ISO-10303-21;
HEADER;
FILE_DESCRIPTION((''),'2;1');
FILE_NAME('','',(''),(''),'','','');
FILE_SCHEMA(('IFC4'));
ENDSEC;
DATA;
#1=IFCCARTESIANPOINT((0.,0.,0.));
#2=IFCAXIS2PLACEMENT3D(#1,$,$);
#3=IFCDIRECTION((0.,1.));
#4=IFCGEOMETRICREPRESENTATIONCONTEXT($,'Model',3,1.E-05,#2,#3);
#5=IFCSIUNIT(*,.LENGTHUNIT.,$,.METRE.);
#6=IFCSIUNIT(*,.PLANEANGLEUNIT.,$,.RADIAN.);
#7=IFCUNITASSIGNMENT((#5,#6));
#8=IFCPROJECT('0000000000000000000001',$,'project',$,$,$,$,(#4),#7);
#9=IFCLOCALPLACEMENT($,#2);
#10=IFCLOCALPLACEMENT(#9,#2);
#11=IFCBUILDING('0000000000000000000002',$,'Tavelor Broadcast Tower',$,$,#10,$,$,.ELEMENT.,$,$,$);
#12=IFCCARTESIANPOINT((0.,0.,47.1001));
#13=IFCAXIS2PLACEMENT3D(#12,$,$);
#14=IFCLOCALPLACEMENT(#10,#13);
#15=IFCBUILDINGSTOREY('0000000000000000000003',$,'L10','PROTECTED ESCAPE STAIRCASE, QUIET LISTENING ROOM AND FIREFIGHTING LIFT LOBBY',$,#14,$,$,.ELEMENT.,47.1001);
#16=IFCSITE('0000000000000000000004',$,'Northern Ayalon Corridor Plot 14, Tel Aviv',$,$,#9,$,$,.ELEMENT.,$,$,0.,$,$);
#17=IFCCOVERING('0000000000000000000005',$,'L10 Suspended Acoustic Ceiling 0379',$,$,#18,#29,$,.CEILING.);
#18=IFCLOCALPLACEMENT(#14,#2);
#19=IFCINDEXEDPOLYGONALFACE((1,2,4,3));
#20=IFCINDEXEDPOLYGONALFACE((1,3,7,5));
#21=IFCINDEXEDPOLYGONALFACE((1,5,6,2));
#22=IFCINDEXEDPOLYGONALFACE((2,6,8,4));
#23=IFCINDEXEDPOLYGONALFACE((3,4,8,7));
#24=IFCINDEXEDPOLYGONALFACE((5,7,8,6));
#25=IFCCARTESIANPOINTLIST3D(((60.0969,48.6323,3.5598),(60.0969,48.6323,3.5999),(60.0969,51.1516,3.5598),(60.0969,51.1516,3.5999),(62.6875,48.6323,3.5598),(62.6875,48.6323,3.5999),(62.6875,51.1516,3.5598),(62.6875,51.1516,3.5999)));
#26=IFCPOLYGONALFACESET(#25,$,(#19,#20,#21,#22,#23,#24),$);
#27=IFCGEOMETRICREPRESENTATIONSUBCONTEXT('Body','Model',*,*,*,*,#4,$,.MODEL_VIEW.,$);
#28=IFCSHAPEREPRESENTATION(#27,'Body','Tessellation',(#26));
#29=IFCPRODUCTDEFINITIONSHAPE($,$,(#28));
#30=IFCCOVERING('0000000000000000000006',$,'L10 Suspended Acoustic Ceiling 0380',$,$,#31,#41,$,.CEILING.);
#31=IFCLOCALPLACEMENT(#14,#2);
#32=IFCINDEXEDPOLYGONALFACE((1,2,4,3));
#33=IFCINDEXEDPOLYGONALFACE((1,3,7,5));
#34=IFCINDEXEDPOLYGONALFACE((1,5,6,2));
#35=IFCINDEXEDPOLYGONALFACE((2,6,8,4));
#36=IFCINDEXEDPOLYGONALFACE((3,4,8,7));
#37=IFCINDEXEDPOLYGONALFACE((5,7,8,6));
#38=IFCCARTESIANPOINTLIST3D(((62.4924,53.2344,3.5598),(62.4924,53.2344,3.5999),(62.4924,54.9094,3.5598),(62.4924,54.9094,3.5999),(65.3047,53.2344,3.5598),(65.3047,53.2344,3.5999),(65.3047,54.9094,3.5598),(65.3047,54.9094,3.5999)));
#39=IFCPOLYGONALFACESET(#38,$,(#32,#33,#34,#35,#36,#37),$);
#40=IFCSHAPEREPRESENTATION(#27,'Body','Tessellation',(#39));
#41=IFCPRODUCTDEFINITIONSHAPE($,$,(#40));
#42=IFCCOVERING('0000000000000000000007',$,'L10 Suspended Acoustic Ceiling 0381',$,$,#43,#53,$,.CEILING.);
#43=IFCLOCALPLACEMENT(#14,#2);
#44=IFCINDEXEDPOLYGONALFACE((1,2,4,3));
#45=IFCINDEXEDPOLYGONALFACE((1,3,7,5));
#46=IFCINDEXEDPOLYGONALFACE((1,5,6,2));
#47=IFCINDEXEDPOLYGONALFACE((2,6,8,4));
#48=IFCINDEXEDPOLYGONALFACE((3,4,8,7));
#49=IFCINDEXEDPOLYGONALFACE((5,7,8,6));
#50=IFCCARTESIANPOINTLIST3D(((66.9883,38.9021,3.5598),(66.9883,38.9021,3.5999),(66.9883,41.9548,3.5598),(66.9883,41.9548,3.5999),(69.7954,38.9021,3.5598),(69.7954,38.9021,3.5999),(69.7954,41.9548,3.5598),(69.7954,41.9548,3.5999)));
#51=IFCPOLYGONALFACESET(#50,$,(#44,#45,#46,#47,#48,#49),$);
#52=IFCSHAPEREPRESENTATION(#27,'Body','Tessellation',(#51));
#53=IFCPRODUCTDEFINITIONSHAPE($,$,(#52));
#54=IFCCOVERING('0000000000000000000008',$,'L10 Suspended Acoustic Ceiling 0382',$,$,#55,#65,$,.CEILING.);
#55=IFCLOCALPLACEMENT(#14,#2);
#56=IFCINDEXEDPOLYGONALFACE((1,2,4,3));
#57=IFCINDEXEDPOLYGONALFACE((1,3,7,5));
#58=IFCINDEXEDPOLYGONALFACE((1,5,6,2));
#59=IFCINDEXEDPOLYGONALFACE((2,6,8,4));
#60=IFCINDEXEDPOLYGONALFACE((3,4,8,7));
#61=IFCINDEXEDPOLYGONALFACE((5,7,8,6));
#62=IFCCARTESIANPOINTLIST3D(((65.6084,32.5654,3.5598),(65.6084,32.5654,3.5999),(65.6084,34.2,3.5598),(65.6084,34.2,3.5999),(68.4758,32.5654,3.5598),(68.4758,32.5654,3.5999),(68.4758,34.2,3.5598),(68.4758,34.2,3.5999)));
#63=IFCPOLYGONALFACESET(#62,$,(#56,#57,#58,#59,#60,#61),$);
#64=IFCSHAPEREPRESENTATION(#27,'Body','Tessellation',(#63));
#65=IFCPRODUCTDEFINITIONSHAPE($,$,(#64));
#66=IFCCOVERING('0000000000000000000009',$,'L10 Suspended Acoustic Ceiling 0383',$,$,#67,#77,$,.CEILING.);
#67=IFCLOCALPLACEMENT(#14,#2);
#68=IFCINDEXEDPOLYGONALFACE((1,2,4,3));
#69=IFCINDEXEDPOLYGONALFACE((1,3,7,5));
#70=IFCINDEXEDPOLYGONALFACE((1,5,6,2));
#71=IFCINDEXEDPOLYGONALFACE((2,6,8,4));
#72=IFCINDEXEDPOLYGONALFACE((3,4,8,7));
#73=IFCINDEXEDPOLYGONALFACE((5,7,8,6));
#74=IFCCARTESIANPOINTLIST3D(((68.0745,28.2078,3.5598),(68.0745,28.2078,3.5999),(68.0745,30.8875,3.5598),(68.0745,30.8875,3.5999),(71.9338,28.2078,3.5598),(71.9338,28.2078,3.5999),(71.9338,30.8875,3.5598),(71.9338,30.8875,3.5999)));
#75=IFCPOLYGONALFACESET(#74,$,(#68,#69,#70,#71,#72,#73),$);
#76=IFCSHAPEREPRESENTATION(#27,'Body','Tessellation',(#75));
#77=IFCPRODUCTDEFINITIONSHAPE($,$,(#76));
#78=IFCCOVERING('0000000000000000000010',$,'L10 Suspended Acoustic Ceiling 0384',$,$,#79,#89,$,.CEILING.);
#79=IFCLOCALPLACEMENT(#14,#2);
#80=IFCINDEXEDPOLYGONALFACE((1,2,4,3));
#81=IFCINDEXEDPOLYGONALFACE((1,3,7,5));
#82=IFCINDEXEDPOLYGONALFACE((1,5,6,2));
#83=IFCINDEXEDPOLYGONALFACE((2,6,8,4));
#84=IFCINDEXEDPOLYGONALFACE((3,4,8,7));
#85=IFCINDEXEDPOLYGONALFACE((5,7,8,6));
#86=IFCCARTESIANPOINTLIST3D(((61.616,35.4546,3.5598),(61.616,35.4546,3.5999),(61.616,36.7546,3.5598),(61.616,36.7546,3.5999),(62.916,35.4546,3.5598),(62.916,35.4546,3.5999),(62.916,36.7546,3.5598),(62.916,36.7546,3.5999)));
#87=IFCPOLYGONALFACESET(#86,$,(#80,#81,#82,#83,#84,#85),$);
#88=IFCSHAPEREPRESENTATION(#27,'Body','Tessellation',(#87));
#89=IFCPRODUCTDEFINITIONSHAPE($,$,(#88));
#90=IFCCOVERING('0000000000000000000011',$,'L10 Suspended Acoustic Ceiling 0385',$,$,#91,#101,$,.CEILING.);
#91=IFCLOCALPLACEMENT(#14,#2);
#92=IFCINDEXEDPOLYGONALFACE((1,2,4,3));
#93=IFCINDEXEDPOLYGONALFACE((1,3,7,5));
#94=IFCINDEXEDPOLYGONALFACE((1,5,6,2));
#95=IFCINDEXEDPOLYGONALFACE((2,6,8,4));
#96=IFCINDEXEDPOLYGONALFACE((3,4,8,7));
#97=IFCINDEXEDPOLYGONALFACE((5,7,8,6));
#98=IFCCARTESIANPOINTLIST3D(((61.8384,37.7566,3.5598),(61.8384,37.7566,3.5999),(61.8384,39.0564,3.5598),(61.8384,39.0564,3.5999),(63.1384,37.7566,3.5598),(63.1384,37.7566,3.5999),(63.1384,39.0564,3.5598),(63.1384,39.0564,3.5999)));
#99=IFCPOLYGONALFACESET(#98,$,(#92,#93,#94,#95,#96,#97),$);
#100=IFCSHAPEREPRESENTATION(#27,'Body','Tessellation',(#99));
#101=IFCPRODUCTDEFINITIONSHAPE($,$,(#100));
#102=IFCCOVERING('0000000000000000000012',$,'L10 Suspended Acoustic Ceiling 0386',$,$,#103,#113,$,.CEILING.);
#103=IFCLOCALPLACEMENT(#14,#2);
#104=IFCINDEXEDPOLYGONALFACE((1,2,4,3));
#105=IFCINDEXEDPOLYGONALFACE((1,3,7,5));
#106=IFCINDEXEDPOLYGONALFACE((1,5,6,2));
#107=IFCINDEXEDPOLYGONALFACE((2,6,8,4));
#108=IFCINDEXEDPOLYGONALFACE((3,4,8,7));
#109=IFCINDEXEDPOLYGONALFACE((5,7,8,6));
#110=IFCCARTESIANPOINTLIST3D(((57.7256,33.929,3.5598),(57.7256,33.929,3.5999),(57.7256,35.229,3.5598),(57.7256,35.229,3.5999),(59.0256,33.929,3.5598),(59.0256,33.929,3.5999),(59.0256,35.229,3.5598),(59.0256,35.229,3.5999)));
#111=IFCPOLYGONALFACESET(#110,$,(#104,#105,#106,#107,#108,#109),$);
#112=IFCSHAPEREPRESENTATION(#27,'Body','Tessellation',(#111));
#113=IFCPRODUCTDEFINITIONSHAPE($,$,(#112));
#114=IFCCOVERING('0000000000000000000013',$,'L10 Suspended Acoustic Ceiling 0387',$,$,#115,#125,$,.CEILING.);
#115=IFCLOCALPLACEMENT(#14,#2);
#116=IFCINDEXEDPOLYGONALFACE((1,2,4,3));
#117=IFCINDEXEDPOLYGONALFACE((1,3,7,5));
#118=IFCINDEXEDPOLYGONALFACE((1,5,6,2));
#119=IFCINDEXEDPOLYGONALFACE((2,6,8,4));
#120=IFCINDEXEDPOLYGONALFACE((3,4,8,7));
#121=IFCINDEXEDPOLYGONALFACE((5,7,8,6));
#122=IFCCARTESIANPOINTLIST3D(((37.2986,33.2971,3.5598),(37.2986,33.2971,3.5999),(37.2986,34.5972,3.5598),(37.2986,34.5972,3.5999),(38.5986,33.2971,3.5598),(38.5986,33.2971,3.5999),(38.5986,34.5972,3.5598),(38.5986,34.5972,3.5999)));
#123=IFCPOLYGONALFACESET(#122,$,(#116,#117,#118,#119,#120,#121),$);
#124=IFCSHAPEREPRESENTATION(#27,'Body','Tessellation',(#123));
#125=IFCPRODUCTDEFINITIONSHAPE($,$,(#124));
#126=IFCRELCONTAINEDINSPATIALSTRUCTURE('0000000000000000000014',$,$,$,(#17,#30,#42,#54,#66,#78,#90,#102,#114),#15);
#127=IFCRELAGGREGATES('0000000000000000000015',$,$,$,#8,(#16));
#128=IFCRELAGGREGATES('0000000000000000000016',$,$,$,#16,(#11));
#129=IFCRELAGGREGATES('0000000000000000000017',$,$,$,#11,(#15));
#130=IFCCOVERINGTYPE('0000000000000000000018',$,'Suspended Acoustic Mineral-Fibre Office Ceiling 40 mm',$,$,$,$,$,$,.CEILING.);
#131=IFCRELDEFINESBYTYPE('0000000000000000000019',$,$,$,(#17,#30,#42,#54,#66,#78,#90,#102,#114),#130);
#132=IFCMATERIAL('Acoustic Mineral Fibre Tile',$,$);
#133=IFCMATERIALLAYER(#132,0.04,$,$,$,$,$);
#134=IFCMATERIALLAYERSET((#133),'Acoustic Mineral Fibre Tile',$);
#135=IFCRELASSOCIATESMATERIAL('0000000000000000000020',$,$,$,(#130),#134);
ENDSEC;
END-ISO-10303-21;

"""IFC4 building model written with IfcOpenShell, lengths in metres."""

from ifc_helpers import new_model, si_unit, direction, frame, origin, place, context, subcontext, project, spatial, polyline, outline, extrude, material, layer, layer_set, type_object, element, save


model = new_model("IFC4")

# Units and contexts
model_context = context("Model", 3, precision=1e-05, world=origin(), true_north=direction((0.0, 1.0)))
body_context = subcontext(model_context, "Body", "Model", "MODEL_VIEW")
ifc_project = project(units=[si_unit("LENGTHUNIT", "METRE"), si_unit("PLANEANGLEUNIT", "RADIAN")], contexts=[model_context])

# Site, building, storey
site_placement = place(None, origin())
site = spatial("IfcSite", under=ifc_project, at=site_placement, Name="Northern Ayalon Corridor Plot 14, Tel Aviv", CompositionType="ELEMENT", RefElevation=0.0)
building_placement = place(site_placement, origin())
building = spatial("IfcBuilding", under=site, at=building_placement, Name="Tavelor Broadcast Tower", CompositionType="ELEMENT")
storey_placement = place(building_placement, frame((0.0, 0.0, 47.1001)))
storey = spatial("IfcBuildingStorey", under=building, at=storey_placement, Name="L10", Description="PROTECTED ESCAPE STAIRCASE, QUIET LISTENING ROOM AND FIREFIGHTING LIFT LOBBY", CompositionType="ELEMENT", Elevation=47.1001)

# Coverings
ifc_material_1 = material(Name="Acoustic Mineral Fibre Tile")
ifc_layer_1 = layer(ifc_material_1, 0.04)
ifc_layer_set_1 = layer_set([ifc_layer_1], Name="Acoustic Mineral Fibre Tile")
covering_type_1 = type_object("IfcCoveringType", Name="Suspended Acoustic Mineral-Fibre Office Ceiling 40 mm", PredefinedType="CEILING", material=ifc_layer_set_1)
covering_1_placement = place(storey_placement, frame((0.0, 0.0, 3.5598)))
element("IfcCovering", 1, at=covering_1_placement, inside=storey, type_object=covering_type_1, Name="L10 Suspended Acoustic Ceiling 0379", PredefinedType="CEILING", context=body_context, shape_type="SweptSolid", body=[
    extrude(outline(polyline([(60.0969, 48.6323), (62.6875, 48.6323), (62.6875, 51.1516), (60.0969, 51.1516), (60.0969, 48.6323)])), origin(), (0.0, 0.0, 1.0), 0.04),
])
covering_2_placement = place(storey_placement, frame((0.0, 0.0, 3.5598)))
element("IfcCovering", 2, at=covering_2_placement, inside=storey, type_object=covering_type_1, Name="L10 Suspended Acoustic Ceiling 0380", PredefinedType="CEILING", context=body_context, shape_type="SweptSolid", body=[
    extrude(outline(polyline([(62.4924, 53.2344), (65.3047, 53.2344), (65.3047, 54.9094), (62.4924, 54.9094), (62.4924, 53.2344)])), origin(), (0.0, 0.0, 1.0), 0.04),
])
covering_3_placement = place(storey_placement, frame((0.0, 0.0, 3.5598)))
element("IfcCovering", 3, at=covering_3_placement, inside=storey, type_object=covering_type_1, Name="L10 Suspended Acoustic Ceiling 0381", PredefinedType="CEILING", context=body_context, shape_type="SweptSolid", body=[
    extrude(outline(polyline([(66.9883, 38.9021), (69.7954, 38.9021), (69.7954, 41.9548), (66.9883, 41.9548), (66.9883, 38.9021)])), origin(), (0.0, 0.0, 1.0), 0.04),
])
covering_4_placement = place(storey_placement, frame((0.0, 0.0, 3.5598)))
element("IfcCovering", 4, at=covering_4_placement, inside=storey, type_object=covering_type_1, Name="L10 Suspended Acoustic Ceiling 0382", PredefinedType="CEILING", context=body_context, shape_type="SweptSolid", body=[
    extrude(outline(polyline([(65.6084, 32.5654), (68.4758, 32.5654), (68.4758, 34.2), (65.6084, 34.2), (65.6084, 32.5654)])), origin(), (0.0, 0.0, 1.0), 0.04),
])
covering_5_placement = place(storey_placement, frame((0.0, 0.0, 3.5598)))
element("IfcCovering", 5, at=covering_5_placement, inside=storey, type_object=covering_type_1, Name="L10 Suspended Acoustic Ceiling 0383", PredefinedType="CEILING", context=body_context, shape_type="SweptSolid", body=[
    extrude(outline(polyline([(68.0745, 28.2078), (71.9338, 28.2078), (71.9338, 30.8875), (68.0745, 30.8875), (68.0745, 28.2078)])), origin(), (0.0, 0.0, 1.0), 0.04),
])
covering_6_placement = place(storey_placement, frame((0.0, 0.0, 3.5598)))
element("IfcCovering", 6, at=covering_6_placement, inside=storey, type_object=covering_type_1, Name="L10 Suspended Acoustic Ceiling 0384", PredefinedType="CEILING", context=body_context, shape_type="SweptSolid", body=[
    extrude(outline(polyline([(61.616, 35.4546), (62.916, 35.4546), (62.916, 36.7546), (61.616, 36.7546), (61.616, 35.4546)])), origin(), (0.0, 0.0, 1.0), 0.04),
])
covering_7_placement = place(storey_placement, frame((0.0, 0.0, 3.5598)))
element("IfcCovering", 7, at=covering_7_placement, inside=storey, type_object=covering_type_1, Name="L10 Suspended Acoustic Ceiling 0385", PredefinedType="CEILING", context=body_context, shape_type="SweptSolid", body=[
    extrude(outline(polyline([(61.8384, 37.7566), (63.1384, 37.7566), (63.1384, 39.0564), (61.8384, 39.0564), (61.8384, 37.7566)])), origin(), (0.0, 0.0, 1.0), 0.04),
])
covering_8_placement = place(storey_placement, frame((0.0, 0.0, 3.5598)))
element("IfcCovering", 8, at=covering_8_placement, inside=storey, type_object=covering_type_1, Name="L10 Suspended Acoustic Ceiling 0386", PredefinedType="CEILING", context=body_context, shape_type="SweptSolid", body=[
    extrude(outline(polyline([(57.7256, 33.929), (59.0256, 33.929), (59.0256, 35.229), (57.7256, 35.229), (57.7256, 33.929)])), origin(), (0.0, 0.0, 1.0), 0.04),
])
covering_9_placement = place(storey_placement, frame((0.0, 0.0, 3.5598)))
element("IfcCovering", 9, at=covering_9_placement, inside=storey, type_object=covering_type_1, Name="L10 Suspended Acoustic Ceiling 0387", PredefinedType="CEILING", context=body_context, shape_type="SweptSolid", body=[
    extrude(outline(polyline([(37.2986, 33.2971), (38.5986, 33.2971), (38.5986, 34.5972), (37.2986, 34.5972), (37.2986, 33.2971)])), origin(), (0.0, 0.0, 1.0), 0.04),
])

save(model, "model.ifc")
